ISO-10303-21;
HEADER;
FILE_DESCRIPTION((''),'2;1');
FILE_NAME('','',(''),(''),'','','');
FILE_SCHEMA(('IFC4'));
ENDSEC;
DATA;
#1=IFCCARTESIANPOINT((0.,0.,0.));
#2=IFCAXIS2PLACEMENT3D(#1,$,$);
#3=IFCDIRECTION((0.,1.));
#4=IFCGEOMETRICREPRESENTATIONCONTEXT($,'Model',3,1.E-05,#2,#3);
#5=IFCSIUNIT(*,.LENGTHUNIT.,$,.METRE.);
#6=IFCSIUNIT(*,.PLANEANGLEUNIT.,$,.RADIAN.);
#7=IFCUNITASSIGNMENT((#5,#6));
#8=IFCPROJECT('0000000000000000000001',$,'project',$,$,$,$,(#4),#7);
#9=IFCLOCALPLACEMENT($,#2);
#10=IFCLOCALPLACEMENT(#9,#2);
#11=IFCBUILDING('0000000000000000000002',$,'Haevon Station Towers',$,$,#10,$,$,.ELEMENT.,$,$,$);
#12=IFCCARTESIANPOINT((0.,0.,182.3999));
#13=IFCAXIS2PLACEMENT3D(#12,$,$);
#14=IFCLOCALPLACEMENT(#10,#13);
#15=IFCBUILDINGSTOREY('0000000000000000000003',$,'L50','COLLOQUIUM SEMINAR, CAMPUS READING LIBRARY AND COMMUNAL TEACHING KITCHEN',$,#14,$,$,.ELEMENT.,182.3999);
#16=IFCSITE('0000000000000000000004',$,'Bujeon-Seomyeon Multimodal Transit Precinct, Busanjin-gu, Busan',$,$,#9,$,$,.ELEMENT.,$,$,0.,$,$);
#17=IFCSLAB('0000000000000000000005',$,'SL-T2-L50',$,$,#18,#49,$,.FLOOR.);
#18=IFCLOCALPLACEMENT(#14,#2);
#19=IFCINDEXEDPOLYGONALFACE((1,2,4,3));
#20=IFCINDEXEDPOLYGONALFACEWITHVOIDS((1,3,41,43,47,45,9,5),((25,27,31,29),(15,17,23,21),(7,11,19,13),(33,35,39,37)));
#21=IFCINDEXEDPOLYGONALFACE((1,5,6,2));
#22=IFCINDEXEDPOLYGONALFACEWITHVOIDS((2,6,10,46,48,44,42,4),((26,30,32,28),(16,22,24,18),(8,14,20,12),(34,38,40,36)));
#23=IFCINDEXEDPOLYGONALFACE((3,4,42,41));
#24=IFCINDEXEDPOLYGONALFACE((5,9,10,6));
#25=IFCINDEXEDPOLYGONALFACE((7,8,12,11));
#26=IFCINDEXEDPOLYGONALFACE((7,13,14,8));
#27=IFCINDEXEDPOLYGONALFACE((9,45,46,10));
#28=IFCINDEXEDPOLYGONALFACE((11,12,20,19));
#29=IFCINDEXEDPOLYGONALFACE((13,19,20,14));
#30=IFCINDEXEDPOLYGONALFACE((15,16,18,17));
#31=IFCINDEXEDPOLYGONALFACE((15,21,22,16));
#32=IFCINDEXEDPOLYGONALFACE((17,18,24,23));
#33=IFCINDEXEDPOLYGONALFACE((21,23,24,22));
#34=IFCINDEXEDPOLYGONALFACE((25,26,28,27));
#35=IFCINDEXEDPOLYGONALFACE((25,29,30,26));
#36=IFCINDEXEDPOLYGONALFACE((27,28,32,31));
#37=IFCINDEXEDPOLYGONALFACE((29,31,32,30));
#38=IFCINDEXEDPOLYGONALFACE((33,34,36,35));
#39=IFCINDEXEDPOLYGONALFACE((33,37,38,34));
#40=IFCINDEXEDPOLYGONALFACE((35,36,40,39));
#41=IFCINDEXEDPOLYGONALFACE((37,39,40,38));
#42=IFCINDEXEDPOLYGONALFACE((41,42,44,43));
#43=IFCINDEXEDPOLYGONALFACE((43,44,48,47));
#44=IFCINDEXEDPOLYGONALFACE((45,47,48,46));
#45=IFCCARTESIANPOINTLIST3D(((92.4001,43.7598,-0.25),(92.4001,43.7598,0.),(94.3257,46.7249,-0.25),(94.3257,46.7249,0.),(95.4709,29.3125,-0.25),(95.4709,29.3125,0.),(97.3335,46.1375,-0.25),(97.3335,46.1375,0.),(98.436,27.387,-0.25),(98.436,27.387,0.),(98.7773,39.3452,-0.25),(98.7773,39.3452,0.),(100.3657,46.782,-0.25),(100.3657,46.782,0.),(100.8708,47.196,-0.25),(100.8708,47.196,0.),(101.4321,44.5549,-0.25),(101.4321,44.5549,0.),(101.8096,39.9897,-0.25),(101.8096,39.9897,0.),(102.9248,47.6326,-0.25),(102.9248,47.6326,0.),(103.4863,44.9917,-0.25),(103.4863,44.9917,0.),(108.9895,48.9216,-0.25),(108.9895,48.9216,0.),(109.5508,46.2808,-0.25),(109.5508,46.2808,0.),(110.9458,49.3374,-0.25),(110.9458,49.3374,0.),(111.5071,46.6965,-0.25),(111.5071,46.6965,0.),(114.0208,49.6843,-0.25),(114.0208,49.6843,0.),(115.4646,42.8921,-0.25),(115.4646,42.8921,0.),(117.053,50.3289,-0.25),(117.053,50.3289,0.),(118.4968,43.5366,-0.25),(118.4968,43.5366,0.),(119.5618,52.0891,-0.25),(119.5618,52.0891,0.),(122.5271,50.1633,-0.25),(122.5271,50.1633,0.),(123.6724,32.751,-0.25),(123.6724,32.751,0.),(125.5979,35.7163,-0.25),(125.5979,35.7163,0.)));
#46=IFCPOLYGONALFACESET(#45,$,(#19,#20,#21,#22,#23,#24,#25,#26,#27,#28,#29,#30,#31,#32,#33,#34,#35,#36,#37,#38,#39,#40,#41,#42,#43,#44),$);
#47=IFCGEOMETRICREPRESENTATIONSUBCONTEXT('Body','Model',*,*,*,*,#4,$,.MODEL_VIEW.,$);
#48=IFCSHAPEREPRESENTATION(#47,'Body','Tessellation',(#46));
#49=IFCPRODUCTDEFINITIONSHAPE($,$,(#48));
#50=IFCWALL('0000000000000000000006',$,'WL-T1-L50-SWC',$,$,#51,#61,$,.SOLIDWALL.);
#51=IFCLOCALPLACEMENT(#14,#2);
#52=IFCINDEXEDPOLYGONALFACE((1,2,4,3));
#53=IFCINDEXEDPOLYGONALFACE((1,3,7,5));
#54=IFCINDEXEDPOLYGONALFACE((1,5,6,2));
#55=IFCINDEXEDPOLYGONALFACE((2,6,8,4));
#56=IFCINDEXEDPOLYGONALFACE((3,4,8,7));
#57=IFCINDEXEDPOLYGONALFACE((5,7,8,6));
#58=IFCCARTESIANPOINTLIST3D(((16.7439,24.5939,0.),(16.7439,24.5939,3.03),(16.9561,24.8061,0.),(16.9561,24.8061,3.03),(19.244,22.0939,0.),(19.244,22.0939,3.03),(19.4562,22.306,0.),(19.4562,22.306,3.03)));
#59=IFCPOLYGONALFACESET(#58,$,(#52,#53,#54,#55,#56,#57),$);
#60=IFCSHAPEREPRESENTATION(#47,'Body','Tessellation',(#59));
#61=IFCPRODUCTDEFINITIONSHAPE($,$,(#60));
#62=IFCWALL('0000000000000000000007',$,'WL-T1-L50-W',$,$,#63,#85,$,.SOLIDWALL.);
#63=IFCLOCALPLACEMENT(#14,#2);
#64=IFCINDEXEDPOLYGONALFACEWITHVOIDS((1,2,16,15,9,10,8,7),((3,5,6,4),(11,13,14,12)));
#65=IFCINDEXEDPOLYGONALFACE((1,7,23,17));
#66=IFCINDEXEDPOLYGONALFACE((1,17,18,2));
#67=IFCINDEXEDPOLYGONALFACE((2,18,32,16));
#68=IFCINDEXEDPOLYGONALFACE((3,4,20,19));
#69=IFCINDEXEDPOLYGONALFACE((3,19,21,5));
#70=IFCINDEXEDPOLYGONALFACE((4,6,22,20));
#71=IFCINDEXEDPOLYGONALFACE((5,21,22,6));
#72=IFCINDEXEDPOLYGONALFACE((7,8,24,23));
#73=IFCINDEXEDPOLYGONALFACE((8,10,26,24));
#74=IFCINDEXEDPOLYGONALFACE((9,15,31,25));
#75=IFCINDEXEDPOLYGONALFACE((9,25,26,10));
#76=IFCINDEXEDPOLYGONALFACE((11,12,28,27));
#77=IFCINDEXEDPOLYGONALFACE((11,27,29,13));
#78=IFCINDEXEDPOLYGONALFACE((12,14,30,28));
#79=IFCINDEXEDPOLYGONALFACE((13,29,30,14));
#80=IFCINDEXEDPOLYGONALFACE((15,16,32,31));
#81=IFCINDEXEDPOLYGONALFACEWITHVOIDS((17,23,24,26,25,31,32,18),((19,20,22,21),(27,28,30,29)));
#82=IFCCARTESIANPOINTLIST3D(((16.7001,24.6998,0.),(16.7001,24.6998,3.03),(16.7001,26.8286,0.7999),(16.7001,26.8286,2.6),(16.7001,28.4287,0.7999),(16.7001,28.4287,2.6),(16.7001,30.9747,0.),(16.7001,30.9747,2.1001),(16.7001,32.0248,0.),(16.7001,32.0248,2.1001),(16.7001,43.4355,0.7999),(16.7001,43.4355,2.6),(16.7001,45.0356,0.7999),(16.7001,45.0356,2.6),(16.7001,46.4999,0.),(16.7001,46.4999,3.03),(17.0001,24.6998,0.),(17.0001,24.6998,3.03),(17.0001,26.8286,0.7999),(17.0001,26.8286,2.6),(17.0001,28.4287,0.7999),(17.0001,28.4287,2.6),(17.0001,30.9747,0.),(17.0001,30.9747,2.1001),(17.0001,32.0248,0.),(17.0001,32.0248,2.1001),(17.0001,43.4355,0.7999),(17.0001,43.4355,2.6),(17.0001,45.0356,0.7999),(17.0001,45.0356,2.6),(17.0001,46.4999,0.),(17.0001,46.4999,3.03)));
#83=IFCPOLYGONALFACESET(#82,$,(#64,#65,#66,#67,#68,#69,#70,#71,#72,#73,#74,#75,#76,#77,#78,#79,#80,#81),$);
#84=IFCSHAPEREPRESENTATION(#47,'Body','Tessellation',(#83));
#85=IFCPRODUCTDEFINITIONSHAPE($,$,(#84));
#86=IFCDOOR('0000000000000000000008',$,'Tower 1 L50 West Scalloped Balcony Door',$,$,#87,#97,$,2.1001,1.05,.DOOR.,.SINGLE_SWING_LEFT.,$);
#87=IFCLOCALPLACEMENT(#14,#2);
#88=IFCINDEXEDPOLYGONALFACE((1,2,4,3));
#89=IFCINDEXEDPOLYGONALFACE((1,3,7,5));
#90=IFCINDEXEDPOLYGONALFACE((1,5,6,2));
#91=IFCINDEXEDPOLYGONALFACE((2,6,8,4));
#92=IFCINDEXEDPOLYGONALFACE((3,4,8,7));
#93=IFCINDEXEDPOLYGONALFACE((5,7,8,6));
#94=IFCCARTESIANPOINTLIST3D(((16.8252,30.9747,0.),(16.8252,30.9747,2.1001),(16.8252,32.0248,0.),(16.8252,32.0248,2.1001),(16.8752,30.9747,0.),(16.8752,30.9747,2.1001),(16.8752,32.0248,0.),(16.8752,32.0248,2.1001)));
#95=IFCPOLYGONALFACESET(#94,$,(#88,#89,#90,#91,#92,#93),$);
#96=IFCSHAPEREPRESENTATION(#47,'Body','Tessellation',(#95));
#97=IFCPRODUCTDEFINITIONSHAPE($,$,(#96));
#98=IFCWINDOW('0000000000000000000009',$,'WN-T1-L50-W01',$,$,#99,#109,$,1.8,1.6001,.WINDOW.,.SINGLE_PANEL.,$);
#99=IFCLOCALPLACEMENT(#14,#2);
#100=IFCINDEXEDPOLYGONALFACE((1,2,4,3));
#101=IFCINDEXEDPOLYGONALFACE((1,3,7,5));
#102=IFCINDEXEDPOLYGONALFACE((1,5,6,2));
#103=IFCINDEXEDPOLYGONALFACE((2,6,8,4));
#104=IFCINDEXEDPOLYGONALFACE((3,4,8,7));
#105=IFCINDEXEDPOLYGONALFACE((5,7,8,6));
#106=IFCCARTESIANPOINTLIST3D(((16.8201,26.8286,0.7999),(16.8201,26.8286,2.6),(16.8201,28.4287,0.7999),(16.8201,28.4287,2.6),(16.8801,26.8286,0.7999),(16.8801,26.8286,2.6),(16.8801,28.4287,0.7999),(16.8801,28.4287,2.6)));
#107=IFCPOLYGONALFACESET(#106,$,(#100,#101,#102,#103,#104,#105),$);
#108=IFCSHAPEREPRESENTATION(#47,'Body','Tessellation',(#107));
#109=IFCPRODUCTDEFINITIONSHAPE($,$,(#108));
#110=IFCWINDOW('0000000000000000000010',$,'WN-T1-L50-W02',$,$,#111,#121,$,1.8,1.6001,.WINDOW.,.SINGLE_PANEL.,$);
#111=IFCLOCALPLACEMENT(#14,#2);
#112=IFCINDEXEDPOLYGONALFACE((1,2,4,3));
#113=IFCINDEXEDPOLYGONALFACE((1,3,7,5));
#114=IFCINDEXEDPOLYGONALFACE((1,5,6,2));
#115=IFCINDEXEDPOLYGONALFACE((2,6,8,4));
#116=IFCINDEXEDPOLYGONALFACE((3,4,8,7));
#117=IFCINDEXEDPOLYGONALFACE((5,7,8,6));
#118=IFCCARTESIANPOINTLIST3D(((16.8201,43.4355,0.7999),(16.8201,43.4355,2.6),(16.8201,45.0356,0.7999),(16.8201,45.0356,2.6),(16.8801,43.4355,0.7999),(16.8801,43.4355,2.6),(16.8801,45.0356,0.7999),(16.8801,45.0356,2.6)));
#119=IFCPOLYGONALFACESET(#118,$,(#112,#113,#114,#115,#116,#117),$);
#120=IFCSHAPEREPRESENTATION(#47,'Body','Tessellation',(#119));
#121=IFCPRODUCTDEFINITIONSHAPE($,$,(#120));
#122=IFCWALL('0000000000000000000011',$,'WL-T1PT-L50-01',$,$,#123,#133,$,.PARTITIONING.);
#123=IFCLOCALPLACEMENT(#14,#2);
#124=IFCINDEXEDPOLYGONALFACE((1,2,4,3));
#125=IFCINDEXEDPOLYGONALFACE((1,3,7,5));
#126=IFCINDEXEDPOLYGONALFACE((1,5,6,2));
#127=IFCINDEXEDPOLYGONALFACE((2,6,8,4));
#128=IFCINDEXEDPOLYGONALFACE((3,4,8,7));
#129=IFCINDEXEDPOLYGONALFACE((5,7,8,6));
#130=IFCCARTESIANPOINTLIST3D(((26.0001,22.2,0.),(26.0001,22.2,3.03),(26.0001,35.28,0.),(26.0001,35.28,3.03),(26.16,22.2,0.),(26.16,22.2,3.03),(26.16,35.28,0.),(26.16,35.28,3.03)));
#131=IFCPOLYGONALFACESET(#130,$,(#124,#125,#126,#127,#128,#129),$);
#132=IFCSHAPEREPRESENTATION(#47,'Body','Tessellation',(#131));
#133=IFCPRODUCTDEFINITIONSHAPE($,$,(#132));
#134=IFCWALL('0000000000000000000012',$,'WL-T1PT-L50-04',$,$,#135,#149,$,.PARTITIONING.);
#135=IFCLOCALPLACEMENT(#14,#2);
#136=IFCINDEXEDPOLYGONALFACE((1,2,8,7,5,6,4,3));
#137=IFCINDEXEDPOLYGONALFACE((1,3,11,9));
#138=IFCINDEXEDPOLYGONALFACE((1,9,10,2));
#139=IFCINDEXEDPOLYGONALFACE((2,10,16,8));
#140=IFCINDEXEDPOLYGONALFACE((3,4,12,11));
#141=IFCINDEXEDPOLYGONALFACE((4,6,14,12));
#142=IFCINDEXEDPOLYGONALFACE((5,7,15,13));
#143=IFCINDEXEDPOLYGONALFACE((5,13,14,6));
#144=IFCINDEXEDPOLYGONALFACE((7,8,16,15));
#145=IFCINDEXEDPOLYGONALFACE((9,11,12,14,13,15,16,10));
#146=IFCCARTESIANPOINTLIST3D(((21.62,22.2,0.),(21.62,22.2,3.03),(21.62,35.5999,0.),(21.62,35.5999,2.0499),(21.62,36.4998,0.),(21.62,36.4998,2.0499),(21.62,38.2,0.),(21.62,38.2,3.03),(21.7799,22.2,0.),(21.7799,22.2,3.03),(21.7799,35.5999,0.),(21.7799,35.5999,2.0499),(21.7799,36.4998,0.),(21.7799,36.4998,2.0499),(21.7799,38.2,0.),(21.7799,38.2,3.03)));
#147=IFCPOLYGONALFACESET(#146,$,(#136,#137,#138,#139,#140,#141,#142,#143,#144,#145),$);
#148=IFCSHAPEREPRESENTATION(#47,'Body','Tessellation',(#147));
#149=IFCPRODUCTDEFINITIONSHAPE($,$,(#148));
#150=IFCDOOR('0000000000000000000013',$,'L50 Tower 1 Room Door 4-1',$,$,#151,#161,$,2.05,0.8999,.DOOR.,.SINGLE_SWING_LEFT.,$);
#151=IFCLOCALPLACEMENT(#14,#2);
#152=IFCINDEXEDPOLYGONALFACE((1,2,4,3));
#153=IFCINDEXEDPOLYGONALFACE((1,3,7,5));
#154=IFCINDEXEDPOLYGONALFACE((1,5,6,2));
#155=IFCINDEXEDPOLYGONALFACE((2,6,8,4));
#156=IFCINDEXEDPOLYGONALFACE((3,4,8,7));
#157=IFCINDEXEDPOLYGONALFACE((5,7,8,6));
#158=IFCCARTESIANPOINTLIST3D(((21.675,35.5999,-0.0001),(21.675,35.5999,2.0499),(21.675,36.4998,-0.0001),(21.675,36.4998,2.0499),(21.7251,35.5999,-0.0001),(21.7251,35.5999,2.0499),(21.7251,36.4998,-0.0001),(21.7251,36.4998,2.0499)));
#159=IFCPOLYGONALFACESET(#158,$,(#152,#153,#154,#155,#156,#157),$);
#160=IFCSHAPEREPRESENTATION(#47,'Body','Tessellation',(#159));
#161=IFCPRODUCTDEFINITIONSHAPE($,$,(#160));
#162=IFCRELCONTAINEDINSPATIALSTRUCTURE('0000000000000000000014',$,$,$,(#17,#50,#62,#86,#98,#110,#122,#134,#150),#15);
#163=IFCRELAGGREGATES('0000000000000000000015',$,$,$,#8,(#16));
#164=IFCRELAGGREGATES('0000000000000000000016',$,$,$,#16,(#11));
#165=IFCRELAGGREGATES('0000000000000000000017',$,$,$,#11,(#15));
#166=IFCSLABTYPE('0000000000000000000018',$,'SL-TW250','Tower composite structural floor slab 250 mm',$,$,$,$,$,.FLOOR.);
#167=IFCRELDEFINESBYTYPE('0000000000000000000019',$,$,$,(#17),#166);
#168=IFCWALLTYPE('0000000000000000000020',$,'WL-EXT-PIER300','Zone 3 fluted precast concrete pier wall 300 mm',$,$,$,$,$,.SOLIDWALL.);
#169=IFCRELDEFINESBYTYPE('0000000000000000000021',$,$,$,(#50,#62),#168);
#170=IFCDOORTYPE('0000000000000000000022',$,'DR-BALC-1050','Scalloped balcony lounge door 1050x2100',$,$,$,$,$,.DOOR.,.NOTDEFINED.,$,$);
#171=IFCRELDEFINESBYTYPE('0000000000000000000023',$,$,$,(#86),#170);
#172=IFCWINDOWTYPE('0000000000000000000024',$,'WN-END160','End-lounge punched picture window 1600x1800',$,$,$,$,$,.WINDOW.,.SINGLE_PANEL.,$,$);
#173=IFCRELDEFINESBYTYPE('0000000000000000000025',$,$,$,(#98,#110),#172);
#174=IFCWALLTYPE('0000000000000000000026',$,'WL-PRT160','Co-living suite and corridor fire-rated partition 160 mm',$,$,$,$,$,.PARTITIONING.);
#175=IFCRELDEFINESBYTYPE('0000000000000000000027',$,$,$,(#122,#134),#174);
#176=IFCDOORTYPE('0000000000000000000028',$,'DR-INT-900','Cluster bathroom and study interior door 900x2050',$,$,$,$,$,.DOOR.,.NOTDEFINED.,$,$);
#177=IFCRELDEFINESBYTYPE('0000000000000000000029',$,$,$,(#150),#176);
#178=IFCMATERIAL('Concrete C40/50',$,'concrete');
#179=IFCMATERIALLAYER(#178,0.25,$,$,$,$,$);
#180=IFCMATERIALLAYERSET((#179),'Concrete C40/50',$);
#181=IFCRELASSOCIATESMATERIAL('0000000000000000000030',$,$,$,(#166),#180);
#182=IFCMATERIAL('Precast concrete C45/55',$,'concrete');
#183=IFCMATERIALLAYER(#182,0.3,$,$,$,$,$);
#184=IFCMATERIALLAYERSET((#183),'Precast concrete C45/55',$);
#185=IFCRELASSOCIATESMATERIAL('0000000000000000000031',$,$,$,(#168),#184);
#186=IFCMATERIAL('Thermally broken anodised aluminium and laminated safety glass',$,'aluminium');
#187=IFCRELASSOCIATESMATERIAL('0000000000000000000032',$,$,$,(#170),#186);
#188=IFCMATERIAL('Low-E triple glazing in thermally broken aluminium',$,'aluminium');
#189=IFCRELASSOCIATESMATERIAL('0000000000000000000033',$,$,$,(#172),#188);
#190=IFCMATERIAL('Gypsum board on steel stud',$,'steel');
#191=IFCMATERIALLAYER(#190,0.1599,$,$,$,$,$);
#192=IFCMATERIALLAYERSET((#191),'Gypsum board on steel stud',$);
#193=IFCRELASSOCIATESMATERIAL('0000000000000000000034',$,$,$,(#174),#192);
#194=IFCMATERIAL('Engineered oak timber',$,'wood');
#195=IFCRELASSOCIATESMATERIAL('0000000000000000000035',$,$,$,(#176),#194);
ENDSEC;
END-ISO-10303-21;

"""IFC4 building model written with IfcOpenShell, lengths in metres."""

from ifc_helpers import new_model, si_unit, direction, frame, frame_2d, origin, place, context, subcontext, project, spatial, polyline, rectangle, outline, extrude, material, layer, layer_set, type_object, element, fill, save


model = new_model("IFC4")

# Units and contexts
model_context = context("Model", 3, precision=1e-05, world=origin(), true_north=direction((0.0, 1.0)))
body_context = subcontext(model_context, "Body", "Model", "MODEL_VIEW")
ifc_project = project(units=[si_unit("LENGTHUNIT", "METRE"), si_unit("PLANEANGLEUNIT", "RADIAN")], contexts=[model_context])

# Site, building, storey
site_placement = place(None, origin())
site = spatial("IfcSite", under=ifc_project, at=site_placement, Name="Bujeon-Seomyeon Multimodal Transit Precinct, Busanjin-gu, Busan", CompositionType="ELEMENT", RefElevation=0.0)
building_placement = place(site_placement, origin())
building = spatial("IfcBuilding", under=site, at=building_placement, Name="Haevon Station Towers", CompositionType="ELEMENT")
storey_placement = place(building_placement, frame((0.0, 0.0, 182.3999)))
storey = spatial("IfcBuildingStorey", under=building, at=storey_placement, Name="L50", Description="COLLOQUIUM SEMINAR, CAMPUS READING LIBRARY AND COMMUNAL TEACHING KITCHEN", CompositionType="ELEMENT", Elevation=182.3999)

# Shared definitions
ifc_material_1 = material(Name="Concrete C40/50", Category="concrete")

# Slab
ifc_layer_1 = layer(ifc_material_1, 0.25)
ifc_layer_set_1 = layer_set([ifc_layer_1], Name="Concrete C40/50")
slab_type_1 = type_object("IfcSlabType", Name="SL-TW250", Description="Tower composite structural floor slab 250 mm", PredefinedType="FLOOR", material=ifc_layer_set_1)
slab_1_placement = place(storey_placement, frame((0.0, 0.0, -0.25)))
element("IfcSlab", 1, at=slab_1_placement, inside=storey, type_object=slab_type_1, Name="SL-T2-L50", PredefinedType="FLOOR", context=body_context, shape_type="SweptSolid", body=[
    extrude(outline(polyline([(98.436, 27.387), (123.6724, 32.751), (125.5979, 35.7163), (122.5271, 50.1633), (119.5618, 52.0891), (94.3257, 46.7249), (92.4001, 43.7598), (95.4709, 29.3125), (98.436, 27.387)]), holes=[polyline([(101.8096, 39.9897), (100.3657, 46.782), (97.3335, 46.1375), (98.7773, 39.3452), (101.8096, 39.9897)]), polyline([(118.4968, 43.5366), (117.053, 50.3289), (114.0208, 49.6843), (115.4646, 42.8921), (118.4968, 43.5366)]), polyline([(101.4321, 44.5549), (103.4863, 44.9917), (102.9248, 47.6326), (100.8708, 47.196), (101.4321, 44.5549)]), polyline([(109.5508, 46.2808), (111.5071, 46.6965), (110.9458, 49.3374), (108.9895, 48.9216), (109.5508, 46.2808)])]), origin(), (0.0, 0.0, 1.0), 0.25),
])

# Wall
ifc_material_2 = material(Name="Precast concrete C45/55", Category="concrete")
ifc_layer_2 = layer(ifc_material_2, 0.3)
ifc_layer_set_2 = layer_set([ifc_layer_2], Name="Precast concrete C45/55")
wall_type_1 = type_object("IfcWallType", Name="WL-EXT-PIER300", Description="Zone 3 fluted precast concrete pier wall 300 mm", PredefinedType="SOLIDWALL", material=ifc_layer_set_2)
wall_1_placement = place(storey_placement, frame((19.3501, 22.2, 0.0), z_axis=(0.0, 0.0, 1.0), x_axis=(-0.707107, 0.707107, 0.0)))
element("IfcWall", 2, at=wall_1_placement, inside=storey, type_object=wall_type_1, Name="WL-T1-L50-SWC", PredefinedType="SOLIDWALL", context=body_context, shape_type="SweptSolid", body=[
    extrude(rectangle(XDim=3.5356, YDim=0.3, at=frame_2d((1.7678, 0.0))), origin(), (0.0, 0.0, 1.0), 3.03),
])

# Wall, openings, door, windows
wall_2_placement = place(storey_placement, frame((16.8501, 24.7, 0.0), z_axis=(0.0, 0.0, 1.0), x_axis=(0.0, 1.0, 0.0)))
wall_2 = element("IfcWall", 3, at=wall_2_placement, inside=storey, type_object=wall_type_1, Name="WL-T1-L50-W", PredefinedType="SOLIDWALL", context=body_context, shape_type="SweptSolid", body=[
    extrude(rectangle(XDim=21.8, YDim=0.3, at=frame_2d((10.8999, 0.0))), origin(), (0.0, 0.0, 1.0), 3.03),
])
opening_1_placement = place(wall_2_placement, frame((6.2749, 0.0, 0.0)))
opening_1 = element("IfcOpeningElement", 4, at=opening_1_placement, cuts=wall_2, PredefinedType="OPENING", context=body_context, shape_type="SweptSolid", body=[
    extrude(rectangle(XDim=1.05, YDim=2.1001, at=frame_2d((0.5249, 1.05))), frame((0.0, 0.1599, 0.0), z_axis=(0.0, -1.0, 0.0), x_axis=(1.0, 0.0, 0.0)), (0.0, 0.0, 1.0), 0.3201),
])
opening_2_placement = place(wall_2_placement, frame((2.1287, 0.0, 0.8)))
opening_2 = element("IfcOpeningElement", 5, at=opening_2_placement, cuts=wall_2, PredefinedType="OPENING", context=body_context, shape_type="SweptSolid", body=[
    extrude(rectangle(XDim=1.6001, YDim=1.8, at=frame_2d((0.8, 0.8999))), frame((0.0, 0.1599, 0.0), z_axis=(0.0, -1.0, 0.0), x_axis=(1.0, 0.0, 0.0)), (0.0, 0.0, 1.0), 0.3201),
])
opening_3_placement = place(wall_2_placement, frame((18.7356, 0.0, 0.8)))
opening_3 = element("IfcOpeningElement", 6, at=opening_3_placement, cuts=wall_2, PredefinedType="OPENING", context=body_context, shape_type="SweptSolid", body=[
    extrude(rectangle(XDim=1.6001, YDim=1.8, at=frame_2d((0.8, 0.8999))), frame((0.0, 0.1599, 0.0), z_axis=(0.0, -1.0, 0.0), x_axis=(1.0, 0.0, 0.0)), (0.0, 0.0, 1.0), 0.3201),
])
ifc_material_3 = material(Name="Thermally broken anodised aluminium and laminated safety glass", Category="aluminium")
door_type_1 = type_object("IfcDoorType", Name="DR-BALC-1050", Description="Scalloped balcony lounge door 1050x2100", OperationType="NOTDEFINED", PredefinedType="DOOR", material=ifc_material_3)
door_1_placement = place(opening_1_placement, origin())
door_1 = element("IfcDoor", 7, at=door_1_placement, inside=storey, type_object=door_type_1, Name="Tower 1 L50 West Scalloped Balcony Door", OperationType="SINGLE_SWING_LEFT", OverallHeight=2.1001, OverallWidth=1.05, PredefinedType="DOOR", context=body_context, shape_type="SweptSolid", body=[
    extrude(rectangle(XDim=1.05, YDim=2.1001, at=frame_2d((0.5249, 1.05))), frame((0.0, 0.0249, 0.0), z_axis=(0.0, -1.0, 0.0), x_axis=(1.0, 0.0, 0.0)), (0.0, 0.0, 1.0), 0.05),
])
fill(opening_1, door_1)
ifc_material_4 = material(Name="Low-E triple glazing in thermally broken aluminium", Category="aluminium")
window_type = type_object("IfcWindowType", Name="WN-END160", Description="End-lounge punched picture window 1600x1800", PartitioningType="SINGLE_PANEL", PredefinedType="WINDOW", material=ifc_material_4)
window_1_placement = place(opening_2_placement, origin())
window_1 = element("IfcWindow", 8, at=window_1_placement, inside=storey, type_object=window_type, Name="WN-T1-L50-W01", OverallHeight=1.8, OverallWidth=1.6001, PartitioningType="SINGLE_PANEL", PredefinedType="WINDOW", context=body_context, shape_type="SweptSolid", body=[
    extrude(rectangle(XDim=1.6001, YDim=1.8, at=frame_2d((0.8, 0.8999))), frame((0.0, 0.03, 0.0), z_axis=(0.0, -1.0, 0.0), x_axis=(1.0, 0.0, 0.0)), (0.0, 0.0, 1.0), 0.0601),
])
fill(opening_2, window_1)
window_2_placement = place(opening_3_placement, origin())
window_2 = element("IfcWindow", 9, at=window_2_placement, inside=storey, type_object=window_type, Name="WN-T1-L50-W02", OverallHeight=1.8, OverallWidth=1.6001, PartitioningType="SINGLE_PANEL", PredefinedType="WINDOW", context=body_context, shape_type="SweptSolid", body=[
    extrude(rectangle(XDim=1.6001, YDim=1.8, at=frame_2d((0.8, 0.8999))), frame((0.0, 0.03, 0.0), z_axis=(0.0, -1.0, 0.0), x_axis=(1.0, 0.0, 0.0)), (0.0, 0.0, 1.0), 0.0601),
])
fill(opening_3, window_2)

# Wall
ifc_material_5 = material(Name="Gypsum board on steel stud", Category="steel")
ifc_layer_3 = layer(ifc_material_5, 0.1599)
ifc_layer_set_3 = layer_set([ifc_layer_3], Name="Gypsum board on steel stud")
wall_type_2 = type_object("IfcWallType", Name="WL-PRT160", Description="Co-living suite and corridor fire-rated partition 160 mm", PredefinedType="PARTITIONING", material=ifc_layer_set_3)
wall_3_placement = place(storey_placement, frame((26.0801, 22.2, 0.0), z_axis=(0.0, 0.0, 1.0), x_axis=(0.0, 1.0, 0.0)))
element("IfcWall", 10, at=wall_3_placement, inside=storey, type_object=wall_type_2, Name="WL-T1PT-L50-01", PredefinedType="PARTITIONING", context=body_context, shape_type="SweptSolid", body=[
    extrude(rectangle(XDim=13.0801, YDim=0.1599, at=frame_2d((6.54, 0.0))), origin(), (0.0, 0.0, 1.0), 3.03),
])

# Wall, opening, door
wall_4_placement = place(storey_placement, frame((21.7, 22.2, 0.0), z_axis=(0.0, 0.0, 1.0), x_axis=(0.0, 1.0, 0.0)))
wall_4 = element("IfcWall", 11, at=wall_4_placement, inside=storey, type_object=wall_type_2, Name="WL-T1PT-L50-04", PredefinedType="PARTITIONING", context=body_context, shape_type="SweptSolid", body=[
    extrude(rectangle(XDim=16.0, YDim=0.1599, at=frame_2d((8.0, 0.0))), origin(), (0.0, 0.0, 1.0), 3.03),
])
opening_4_placement = place(wall_4_placement, frame((13.3999, 0.0, 0.0)))
opening_4 = element("IfcOpeningElement", 12, at=opening_4_placement, cuts=wall_4, PredefinedType="OPENING", context=body_context, shape_type="SweptSolid", body=[
    extrude(rectangle(XDim=0.8999, YDim=2.05, at=frame_2d((0.45, 1.0249))), frame((0.0, 0.0898, 0.0), z_axis=(0.0, -1.0, 0.0), x_axis=(1.0, 0.0, 0.0)), (0.0, 0.0, 1.0), 0.1799),
])
ifc_material_6 = material(Name="Engineered oak timber", Category="wood")
door_type_2 = type_object("IfcDoorType", Name="DR-INT-900", Description="Cluster bathroom and study interior door 900x2050", OperationType="NOTDEFINED", PredefinedType="DOOR", material=ifc_material_6)
door_2_placement = place(opening_4_placement, origin())
door_2 = element("IfcDoor", 13, at=door_2_placement, inside=storey, type_object=door_type_2, Name="L50 Tower 1 Room Door 4-1", OperationType="SINGLE_SWING_LEFT", OverallHeight=2.05, OverallWidth=0.8999, PredefinedType="DOOR", context=body_context, shape_type="SweptSolid", body=[
    extrude(rectangle(XDim=0.8999, YDim=2.05, at=frame_2d((0.45, 1.0249))), frame((0.0, 0.0249, 0.0), z_axis=(0.0, -1.0, 0.0), x_axis=(1.0, 0.0, 0.0)), (0.0, 0.0, 1.0), 0.05),
])
fill(opening_4, door_2)

save(model, "model.ifc")
